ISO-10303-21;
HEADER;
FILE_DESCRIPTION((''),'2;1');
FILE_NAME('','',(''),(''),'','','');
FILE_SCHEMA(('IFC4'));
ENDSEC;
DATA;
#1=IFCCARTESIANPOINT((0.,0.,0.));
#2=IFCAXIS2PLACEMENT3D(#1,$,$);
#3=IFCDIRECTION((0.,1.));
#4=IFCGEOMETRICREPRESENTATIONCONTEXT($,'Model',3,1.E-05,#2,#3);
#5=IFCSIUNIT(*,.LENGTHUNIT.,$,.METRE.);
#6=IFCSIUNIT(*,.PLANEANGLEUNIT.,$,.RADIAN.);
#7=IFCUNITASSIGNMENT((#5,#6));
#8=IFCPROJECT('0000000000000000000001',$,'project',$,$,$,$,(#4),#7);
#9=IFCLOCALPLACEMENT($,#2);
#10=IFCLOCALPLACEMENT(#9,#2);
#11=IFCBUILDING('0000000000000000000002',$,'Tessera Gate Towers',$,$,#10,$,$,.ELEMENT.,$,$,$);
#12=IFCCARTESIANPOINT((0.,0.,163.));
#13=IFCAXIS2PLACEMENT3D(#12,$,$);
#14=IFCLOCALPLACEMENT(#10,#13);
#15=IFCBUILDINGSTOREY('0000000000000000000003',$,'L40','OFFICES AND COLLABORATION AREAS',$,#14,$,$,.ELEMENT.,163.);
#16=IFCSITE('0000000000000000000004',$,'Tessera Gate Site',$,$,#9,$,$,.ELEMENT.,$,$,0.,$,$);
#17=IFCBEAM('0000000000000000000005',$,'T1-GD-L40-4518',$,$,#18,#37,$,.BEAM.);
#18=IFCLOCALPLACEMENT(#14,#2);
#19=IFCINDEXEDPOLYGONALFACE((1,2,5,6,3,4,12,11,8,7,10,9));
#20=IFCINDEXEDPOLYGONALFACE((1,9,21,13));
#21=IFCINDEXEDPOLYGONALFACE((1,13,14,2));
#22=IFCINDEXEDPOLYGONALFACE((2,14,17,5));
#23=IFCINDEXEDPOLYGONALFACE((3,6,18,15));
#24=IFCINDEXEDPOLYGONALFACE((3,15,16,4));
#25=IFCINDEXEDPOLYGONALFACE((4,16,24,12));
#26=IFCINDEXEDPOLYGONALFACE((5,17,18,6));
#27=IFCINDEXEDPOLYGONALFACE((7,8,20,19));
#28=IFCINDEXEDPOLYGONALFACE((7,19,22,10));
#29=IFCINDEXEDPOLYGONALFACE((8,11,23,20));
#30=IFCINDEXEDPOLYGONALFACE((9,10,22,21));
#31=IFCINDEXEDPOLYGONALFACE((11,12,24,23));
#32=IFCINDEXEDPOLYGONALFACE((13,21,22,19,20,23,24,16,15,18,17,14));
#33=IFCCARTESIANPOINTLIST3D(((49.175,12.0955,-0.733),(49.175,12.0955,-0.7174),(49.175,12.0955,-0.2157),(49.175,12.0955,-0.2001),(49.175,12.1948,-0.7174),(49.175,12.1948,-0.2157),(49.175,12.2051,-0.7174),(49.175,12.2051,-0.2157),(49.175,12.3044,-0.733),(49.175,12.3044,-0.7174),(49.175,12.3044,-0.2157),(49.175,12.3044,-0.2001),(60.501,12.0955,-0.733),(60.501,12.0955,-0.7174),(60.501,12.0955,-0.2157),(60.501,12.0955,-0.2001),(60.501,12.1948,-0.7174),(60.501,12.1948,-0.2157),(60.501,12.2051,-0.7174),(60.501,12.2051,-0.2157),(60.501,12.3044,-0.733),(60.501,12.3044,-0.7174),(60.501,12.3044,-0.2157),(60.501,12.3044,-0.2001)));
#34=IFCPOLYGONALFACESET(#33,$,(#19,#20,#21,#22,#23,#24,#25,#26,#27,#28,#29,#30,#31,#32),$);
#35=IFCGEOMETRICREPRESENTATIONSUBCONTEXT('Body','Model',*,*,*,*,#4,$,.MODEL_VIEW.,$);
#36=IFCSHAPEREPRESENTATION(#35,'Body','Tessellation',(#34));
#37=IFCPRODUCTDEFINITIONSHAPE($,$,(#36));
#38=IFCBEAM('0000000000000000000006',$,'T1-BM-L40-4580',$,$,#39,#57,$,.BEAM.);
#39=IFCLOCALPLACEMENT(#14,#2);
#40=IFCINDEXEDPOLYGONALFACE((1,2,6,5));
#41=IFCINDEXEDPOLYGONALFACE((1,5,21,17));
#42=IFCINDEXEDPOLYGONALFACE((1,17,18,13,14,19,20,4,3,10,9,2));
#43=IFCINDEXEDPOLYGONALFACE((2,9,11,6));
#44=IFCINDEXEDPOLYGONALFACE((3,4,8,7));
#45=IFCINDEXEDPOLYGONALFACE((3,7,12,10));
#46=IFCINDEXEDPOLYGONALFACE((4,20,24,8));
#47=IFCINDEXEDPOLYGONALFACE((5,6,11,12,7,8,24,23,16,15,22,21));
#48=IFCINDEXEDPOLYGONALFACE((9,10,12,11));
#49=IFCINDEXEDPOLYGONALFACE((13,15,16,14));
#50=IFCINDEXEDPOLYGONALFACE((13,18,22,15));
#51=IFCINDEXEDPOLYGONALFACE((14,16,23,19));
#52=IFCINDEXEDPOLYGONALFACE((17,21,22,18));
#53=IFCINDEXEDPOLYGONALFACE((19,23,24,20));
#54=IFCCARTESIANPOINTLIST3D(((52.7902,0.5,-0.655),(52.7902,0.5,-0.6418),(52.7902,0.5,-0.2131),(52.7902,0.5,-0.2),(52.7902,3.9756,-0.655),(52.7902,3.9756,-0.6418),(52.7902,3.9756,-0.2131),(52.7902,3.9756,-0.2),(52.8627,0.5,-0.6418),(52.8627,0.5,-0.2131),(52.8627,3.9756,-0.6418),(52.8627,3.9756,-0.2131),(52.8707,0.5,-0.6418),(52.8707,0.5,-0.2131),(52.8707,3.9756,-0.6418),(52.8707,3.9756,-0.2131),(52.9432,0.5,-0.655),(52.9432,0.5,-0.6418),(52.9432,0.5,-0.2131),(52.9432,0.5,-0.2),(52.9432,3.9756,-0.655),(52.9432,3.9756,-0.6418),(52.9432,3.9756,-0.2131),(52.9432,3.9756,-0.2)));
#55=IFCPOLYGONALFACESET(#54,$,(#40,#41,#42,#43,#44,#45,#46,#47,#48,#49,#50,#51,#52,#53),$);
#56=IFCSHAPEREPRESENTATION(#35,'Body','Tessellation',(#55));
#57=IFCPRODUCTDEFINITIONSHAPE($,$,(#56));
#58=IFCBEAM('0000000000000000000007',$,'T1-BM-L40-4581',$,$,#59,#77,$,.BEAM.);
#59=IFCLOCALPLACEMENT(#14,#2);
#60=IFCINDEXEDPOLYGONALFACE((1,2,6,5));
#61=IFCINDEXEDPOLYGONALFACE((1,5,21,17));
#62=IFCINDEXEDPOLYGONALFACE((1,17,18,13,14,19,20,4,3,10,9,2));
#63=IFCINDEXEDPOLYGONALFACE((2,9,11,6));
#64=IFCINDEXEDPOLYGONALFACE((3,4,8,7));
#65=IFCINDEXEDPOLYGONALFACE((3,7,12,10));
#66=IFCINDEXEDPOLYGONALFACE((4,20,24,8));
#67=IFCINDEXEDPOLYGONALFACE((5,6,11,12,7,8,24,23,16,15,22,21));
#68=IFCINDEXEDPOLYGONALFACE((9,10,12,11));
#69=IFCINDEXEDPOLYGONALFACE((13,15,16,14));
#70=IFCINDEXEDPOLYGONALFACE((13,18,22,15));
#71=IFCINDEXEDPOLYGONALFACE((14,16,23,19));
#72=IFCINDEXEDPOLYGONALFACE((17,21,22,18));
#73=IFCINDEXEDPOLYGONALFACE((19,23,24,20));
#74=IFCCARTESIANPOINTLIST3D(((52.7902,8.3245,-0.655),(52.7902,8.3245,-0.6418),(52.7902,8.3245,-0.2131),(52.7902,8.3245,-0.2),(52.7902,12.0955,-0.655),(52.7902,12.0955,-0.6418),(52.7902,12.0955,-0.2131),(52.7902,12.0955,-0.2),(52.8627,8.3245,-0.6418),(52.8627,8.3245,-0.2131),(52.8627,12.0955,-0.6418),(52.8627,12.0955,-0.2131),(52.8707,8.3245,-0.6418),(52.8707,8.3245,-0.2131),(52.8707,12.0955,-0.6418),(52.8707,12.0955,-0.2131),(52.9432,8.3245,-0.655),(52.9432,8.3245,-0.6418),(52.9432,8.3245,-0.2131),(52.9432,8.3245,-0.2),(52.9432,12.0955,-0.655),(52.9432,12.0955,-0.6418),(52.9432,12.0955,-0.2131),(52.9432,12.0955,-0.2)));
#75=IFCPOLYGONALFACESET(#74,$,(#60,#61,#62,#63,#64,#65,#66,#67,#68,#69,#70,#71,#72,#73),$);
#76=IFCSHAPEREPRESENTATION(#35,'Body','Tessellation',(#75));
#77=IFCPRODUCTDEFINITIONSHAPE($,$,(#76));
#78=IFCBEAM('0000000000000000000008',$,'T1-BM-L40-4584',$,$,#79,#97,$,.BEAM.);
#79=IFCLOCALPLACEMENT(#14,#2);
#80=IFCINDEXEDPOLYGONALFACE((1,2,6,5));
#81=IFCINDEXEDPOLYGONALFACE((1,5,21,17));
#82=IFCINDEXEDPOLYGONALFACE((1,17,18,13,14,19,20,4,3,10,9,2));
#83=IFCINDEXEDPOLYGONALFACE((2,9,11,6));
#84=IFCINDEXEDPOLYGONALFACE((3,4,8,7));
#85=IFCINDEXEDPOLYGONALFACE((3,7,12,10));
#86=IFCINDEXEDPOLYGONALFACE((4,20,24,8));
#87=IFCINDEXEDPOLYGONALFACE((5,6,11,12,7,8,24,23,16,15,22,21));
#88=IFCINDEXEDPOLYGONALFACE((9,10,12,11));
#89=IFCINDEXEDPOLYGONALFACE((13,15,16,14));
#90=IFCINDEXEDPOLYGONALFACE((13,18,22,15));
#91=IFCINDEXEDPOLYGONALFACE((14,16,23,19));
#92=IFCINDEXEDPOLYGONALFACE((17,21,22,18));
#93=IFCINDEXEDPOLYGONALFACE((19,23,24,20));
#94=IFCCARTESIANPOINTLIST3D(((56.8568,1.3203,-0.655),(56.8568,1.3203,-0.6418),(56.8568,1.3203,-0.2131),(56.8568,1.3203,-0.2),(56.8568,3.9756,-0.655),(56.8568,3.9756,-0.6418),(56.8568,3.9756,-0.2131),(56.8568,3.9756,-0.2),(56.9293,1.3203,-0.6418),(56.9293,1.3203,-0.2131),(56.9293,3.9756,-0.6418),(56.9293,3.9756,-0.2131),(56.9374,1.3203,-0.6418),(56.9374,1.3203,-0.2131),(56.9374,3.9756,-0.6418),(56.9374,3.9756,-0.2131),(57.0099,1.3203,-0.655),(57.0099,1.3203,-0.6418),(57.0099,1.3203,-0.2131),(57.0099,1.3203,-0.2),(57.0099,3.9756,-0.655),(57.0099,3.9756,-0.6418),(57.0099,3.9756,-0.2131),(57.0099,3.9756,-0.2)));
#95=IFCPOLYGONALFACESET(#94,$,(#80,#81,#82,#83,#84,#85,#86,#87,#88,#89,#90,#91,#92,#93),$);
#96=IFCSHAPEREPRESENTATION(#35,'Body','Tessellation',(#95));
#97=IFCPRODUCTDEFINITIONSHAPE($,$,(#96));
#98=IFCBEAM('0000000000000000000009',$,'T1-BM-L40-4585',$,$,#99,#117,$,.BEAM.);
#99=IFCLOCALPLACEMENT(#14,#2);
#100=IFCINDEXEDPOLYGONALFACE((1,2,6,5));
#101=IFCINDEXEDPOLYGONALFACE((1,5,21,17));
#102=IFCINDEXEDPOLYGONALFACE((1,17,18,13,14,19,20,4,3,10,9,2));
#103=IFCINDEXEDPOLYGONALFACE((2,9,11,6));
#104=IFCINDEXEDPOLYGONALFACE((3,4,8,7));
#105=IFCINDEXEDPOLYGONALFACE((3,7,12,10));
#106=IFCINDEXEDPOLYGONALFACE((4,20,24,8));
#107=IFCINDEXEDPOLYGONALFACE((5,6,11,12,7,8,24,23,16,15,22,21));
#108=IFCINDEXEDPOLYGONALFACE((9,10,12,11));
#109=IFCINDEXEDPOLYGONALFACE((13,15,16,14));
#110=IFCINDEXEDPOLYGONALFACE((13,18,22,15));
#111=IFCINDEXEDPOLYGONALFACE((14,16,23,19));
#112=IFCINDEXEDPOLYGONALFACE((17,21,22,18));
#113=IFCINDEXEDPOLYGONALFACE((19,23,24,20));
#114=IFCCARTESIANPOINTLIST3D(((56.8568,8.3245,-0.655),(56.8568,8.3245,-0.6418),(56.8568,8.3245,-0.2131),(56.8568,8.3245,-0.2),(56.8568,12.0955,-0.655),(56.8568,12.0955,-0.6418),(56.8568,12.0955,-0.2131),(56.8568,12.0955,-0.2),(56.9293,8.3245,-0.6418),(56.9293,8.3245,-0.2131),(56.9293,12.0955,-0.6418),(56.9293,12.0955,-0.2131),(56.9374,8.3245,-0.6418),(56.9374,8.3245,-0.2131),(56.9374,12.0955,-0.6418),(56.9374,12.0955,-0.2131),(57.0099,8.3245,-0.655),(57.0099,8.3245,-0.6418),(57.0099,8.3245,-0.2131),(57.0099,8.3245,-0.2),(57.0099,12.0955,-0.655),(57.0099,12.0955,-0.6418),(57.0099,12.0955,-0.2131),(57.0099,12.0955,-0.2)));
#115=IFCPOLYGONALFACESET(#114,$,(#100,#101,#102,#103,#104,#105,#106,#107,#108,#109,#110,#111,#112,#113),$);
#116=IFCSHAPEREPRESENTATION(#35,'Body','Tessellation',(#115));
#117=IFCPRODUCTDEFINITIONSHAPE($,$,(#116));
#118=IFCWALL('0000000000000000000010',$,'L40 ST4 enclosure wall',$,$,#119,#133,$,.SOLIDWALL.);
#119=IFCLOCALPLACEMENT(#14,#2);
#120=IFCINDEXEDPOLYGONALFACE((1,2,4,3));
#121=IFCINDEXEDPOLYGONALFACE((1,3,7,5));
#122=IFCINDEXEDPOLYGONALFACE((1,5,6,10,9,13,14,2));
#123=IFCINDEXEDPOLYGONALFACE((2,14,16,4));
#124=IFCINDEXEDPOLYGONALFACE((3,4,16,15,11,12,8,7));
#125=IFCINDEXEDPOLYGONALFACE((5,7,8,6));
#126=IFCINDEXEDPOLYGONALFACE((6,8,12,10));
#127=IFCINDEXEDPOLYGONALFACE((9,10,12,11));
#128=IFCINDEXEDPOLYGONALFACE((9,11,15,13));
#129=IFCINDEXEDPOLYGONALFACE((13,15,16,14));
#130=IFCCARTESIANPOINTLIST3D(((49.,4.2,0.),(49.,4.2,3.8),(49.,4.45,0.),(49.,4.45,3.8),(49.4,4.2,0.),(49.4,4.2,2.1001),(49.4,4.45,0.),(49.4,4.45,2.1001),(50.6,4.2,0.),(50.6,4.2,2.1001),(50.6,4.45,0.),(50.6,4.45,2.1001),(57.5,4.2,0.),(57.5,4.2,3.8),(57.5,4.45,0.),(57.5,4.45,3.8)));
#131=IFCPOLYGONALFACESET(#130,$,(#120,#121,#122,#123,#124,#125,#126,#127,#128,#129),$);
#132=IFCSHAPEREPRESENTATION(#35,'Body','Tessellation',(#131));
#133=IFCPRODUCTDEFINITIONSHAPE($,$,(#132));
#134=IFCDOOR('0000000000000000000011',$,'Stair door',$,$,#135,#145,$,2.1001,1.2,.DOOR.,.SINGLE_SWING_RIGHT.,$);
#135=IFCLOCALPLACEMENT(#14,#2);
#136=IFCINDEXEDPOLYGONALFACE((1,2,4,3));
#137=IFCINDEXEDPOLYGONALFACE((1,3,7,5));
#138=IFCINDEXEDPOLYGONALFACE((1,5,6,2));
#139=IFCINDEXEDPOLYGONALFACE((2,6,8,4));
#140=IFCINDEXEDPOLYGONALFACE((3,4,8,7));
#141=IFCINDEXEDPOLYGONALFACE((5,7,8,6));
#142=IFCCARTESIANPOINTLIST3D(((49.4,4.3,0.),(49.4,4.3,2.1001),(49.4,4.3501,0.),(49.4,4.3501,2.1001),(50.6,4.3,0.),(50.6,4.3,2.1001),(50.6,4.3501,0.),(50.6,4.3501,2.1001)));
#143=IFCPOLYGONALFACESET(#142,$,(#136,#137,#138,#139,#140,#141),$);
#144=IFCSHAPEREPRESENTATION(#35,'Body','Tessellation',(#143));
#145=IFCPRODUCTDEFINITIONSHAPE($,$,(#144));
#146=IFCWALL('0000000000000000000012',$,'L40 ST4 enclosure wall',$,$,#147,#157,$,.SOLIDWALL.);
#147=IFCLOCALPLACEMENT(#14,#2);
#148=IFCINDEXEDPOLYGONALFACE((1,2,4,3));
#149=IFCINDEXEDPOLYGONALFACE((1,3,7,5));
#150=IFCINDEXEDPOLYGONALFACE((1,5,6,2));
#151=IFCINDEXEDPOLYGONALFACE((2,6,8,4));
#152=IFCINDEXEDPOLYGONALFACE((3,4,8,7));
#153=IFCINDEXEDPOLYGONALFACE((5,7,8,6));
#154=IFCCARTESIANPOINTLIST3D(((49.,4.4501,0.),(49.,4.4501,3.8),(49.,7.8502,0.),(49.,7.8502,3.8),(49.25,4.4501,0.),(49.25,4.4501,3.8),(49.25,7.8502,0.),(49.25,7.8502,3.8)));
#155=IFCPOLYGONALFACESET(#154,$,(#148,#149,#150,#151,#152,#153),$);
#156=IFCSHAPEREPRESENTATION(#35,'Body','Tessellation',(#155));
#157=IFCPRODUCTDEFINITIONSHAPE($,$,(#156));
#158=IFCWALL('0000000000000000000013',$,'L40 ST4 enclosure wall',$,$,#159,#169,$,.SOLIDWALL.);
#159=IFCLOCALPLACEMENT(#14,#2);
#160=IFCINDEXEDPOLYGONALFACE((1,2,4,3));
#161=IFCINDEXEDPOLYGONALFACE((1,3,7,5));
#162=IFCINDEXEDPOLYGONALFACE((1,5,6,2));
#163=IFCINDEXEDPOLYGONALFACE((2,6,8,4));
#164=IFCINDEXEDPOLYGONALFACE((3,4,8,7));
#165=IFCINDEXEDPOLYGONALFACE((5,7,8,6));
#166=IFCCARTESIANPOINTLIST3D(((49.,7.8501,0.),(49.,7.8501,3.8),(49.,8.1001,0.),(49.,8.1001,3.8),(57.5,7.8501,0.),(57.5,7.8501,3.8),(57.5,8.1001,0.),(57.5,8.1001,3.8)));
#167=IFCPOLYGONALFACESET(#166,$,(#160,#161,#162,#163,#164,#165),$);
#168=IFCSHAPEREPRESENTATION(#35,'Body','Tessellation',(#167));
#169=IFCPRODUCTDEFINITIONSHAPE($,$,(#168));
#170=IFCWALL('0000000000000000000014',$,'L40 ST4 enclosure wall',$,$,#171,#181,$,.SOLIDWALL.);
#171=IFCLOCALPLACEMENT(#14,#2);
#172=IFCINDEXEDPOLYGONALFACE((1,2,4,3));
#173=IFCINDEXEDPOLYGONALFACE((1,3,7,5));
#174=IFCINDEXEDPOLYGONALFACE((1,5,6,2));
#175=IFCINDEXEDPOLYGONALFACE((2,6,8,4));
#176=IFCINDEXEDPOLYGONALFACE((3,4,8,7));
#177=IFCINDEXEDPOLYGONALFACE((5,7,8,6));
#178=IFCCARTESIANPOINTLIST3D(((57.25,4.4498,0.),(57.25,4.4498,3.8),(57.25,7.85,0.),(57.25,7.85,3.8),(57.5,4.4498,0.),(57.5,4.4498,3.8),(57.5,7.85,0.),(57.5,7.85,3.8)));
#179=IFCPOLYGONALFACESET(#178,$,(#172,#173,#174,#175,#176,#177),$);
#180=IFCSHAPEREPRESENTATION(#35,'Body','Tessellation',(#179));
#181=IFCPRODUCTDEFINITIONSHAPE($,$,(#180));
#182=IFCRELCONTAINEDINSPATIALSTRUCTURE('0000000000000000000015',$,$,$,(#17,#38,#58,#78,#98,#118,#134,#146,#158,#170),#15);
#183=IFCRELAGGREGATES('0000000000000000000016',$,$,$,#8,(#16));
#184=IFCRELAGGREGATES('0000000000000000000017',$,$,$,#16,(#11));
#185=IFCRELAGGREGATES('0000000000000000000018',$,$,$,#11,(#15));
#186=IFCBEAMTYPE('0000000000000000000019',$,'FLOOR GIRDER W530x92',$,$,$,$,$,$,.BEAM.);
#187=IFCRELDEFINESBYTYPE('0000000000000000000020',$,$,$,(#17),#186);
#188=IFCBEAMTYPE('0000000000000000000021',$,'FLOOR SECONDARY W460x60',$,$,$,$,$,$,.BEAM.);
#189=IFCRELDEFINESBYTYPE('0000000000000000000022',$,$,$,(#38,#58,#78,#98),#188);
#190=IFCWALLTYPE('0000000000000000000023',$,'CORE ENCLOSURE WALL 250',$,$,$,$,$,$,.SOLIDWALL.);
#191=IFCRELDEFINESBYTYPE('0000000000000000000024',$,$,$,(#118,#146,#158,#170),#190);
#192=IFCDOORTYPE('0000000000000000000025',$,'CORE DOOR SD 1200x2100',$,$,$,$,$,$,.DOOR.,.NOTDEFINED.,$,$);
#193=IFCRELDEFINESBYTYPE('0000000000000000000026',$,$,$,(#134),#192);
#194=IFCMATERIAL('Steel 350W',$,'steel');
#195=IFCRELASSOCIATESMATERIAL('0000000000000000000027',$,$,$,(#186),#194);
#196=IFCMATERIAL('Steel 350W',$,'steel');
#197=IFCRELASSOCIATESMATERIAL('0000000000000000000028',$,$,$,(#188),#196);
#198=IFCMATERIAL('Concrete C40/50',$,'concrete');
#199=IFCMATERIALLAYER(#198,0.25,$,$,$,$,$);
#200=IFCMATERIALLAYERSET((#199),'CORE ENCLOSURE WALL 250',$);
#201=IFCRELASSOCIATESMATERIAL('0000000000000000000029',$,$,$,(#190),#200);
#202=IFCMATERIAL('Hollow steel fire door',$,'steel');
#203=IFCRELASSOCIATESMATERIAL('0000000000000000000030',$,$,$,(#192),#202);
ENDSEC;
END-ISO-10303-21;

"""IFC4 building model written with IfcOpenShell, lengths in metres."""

from ifc_helpers import new_model, si_unit, direction, frame, frame_2d, origin, origin_2d, place, context, subcontext, project, spatial, rectangle, i_section, extrude, source, transform, mapped, material, layer, layer_set, material_profile, profile_set, type_object, element, fill, save


model = new_model("IFC4")

# Units and contexts
model_context = context("Model", 3, precision=1e-05, world=origin(), true_north=direction((0.0, 1.0)))
body_context = subcontext(model_context, "Body", "Model", "MODEL_VIEW")
ifc_project = project(units=[si_unit("LENGTHUNIT", "METRE"), si_unit("PLANEANGLEUNIT", "RADIAN")], contexts=[model_context])

# Site, building, storey
site_placement = place(None, origin())
site = spatial("IfcSite", under=ifc_project, at=site_placement, Name="Tessera Gate Site", CompositionType="ELEMENT", RefElevation=0.0)
building_placement = place(site_placement, origin())
building = spatial("IfcBuilding", under=site, at=building_placement, Name="Tessera Gate Towers", CompositionType="ELEMENT")
storey_placement = place(building_placement, frame((0.0, 0.0, 163.0)))
storey = spatial("IfcBuildingStorey", under=building, at=storey_placement, Name="L40", Description="OFFICES AND COLLABORATION AREAS", CompositionType="ELEMENT", Elevation=163.0)

# Beams
ifc_material_1 = material(Name="Steel 350W", Category="steel")
ifc_material_profile_1 = material_profile(ifc_material_1, i_section(OverallWidth=0.209, OverallDepth=0.533, WebThickness=0.0103, FlangeThickness=0.0156, at=origin_2d()), Name="W530x92")
ifc_profile_set_1 = profile_set([ifc_material_profile_1], Name="Steel 350W")
beam_type_1 = type_object("IfcBeamType", Name="FLOOR GIRDER W530x92", PredefinedType="BEAM", material=ifc_profile_set_1)
beam_1_placement = place(storey_placement, frame((49.175, 12.2, -0.4666), z_axis=(1.0, 0.0, 0.0), x_axis=(0.0, 1.0, 0.0)))
element("IfcBeam", 1, at=beam_1_placement, inside=storey, type_object=beam_type_1, Name="T1-GD-L40-4518", PredefinedType="BEAM", context=body_context, shape_type="SweptSolid", body=[
    extrude(i_section(OverallWidth=0.209, OverallDepth=0.533, WebThickness=0.0103, FlangeThickness=0.0156, at=origin_2d()), origin(), (0.0, 0.0, 1.0), 11.3259),
])
ifc_material_2 = material(Name="Steel 350W", Category="steel")
ifc_material_profile_2 = material_profile(ifc_material_2, i_section(OverallWidth=0.1531, OverallDepth=0.4551, WebThickness=0.0081, FlangeThickness=0.0132, at=origin_2d()), Name="W460x60")
ifc_profile_set_2 = profile_set([ifc_material_profile_2], Name="Steel 350W")
beam_type_2 = type_object("IfcBeamType", Name="FLOOR SECONDARY W460x60", PredefinedType="BEAM", material=ifc_profile_set_2)
beam_2_placement = place(storey_placement, frame((52.8667, 0.5, -0.4275), z_axis=(0.0, 1.0, 0.0), x_axis=(-1.0, 0.0, 0.0)))
element("IfcBeam", 2, at=beam_2_placement, inside=storey, type_object=beam_type_2, Name="T1-BM-L40-4580", PredefinedType="BEAM", context=body_context, shape_type="SweptSolid", body=[
    extrude(i_section(OverallWidth=0.1531, OverallDepth=0.4551, WebThickness=0.0081, FlangeThickness=0.0132, at=origin_2d()), origin(), (0.0, 0.0, 1.0), 3.4756),
])
beam_3_placement = place(storey_placement, frame((52.8667, 8.3245, -0.4275), z_axis=(0.0, 1.0, 0.0), x_axis=(-1.0, 0.0, 0.0)))
element("IfcBeam", 3, at=beam_3_placement, inside=storey, type_object=beam_type_2, Name="T1-BM-L40-4581", PredefinedType="BEAM", context=body_context, shape_type="SweptSolid", body=[
    extrude(i_section(OverallWidth=0.1531, OverallDepth=0.4551, WebThickness=0.0081, FlangeThickness=0.0132, at=origin_2d()), origin(), (0.0, 0.0, 1.0), 3.771),
])
beam_4_placement = place(storey_placement, frame((56.9333, 1.3203, -0.4275), z_axis=(0.0, 1.0, 0.0), x_axis=(-1.0, 0.0, 0.0)))
element("IfcBeam", 4, at=beam_4_placement, inside=storey, type_object=beam_type_2, Name="T1-BM-L40-4584", PredefinedType="BEAM", context=body_context, shape_type="SweptSolid", body=[
    extrude(i_section(OverallWidth=0.1531, OverallDepth=0.4551, WebThickness=0.0081, FlangeThickness=0.0132, at=origin_2d()), origin(), (0.0, 0.0, 1.0), 2.6553),
])
beam_5_placement = place(storey_placement, frame((56.9333, 8.3245, -0.4275), z_axis=(0.0, 1.0, 0.0), x_axis=(-1.0, 0.0, 0.0)))
element("IfcBeam", 5, at=beam_5_placement, inside=storey, type_object=beam_type_2, Name="T1-BM-L40-4585", PredefinedType="BEAM", context=body_context, shape_type="SweptSolid", body=[
    extrude(i_section(OverallWidth=0.1531, OverallDepth=0.4551, WebThickness=0.0081, FlangeThickness=0.0132, at=origin_2d()), origin(), (0.0, 0.0, 1.0), 3.771),
])

# Wall, opening, door
ifc_material_3 = material(Name="Concrete C40/50", Category="concrete")
ifc_layer_1 = layer(ifc_material_3, 0.25)
ifc_layer_set_1 = layer_set([ifc_layer_1], Name="CORE ENCLOSURE WALL 250")
wall_type_1 = type_object("IfcWallType", Name="CORE ENCLOSURE WALL 250", PredefinedType="SOLIDWALL", material=ifc_layer_set_1)
wall_1_placement = place(storey_placement, frame((57.5, 4.325, 0.0), z_axis=(0.0, 0.0, 1.0), x_axis=(-1.0, 0.0, 0.0)))
wall_1 = element("IfcWall", 6, at=wall_1_placement, inside=storey, type_object=wall_type_1, Name="L40 ST4 enclosure wall", PredefinedType="SOLIDWALL", context=body_context, shape_type="SweptSolid", body=[
    extrude(rectangle(XDim=8.5, YDim=0.25, at=frame_2d((4.25, 0.0))), origin(), (0.0, 0.0, 1.0), 3.8),
])
shared_shape_1 = source(origin(), body_context, "Body", "SweptSolid", [
    extrude(rectangle(XDim=1.2, YDim=2.1001, at=frame_2d((0.6001, 1.05))), frame((0.0, 0.135, 0.0), z_axis=(0.0, -1.0, 0.0), x_axis=(1.0, 0.0, 0.0)), (0.0, 0.0, 1.0), 0.27),
])
opening_1_placement = place(wall_1_placement, frame((6.8999, 0.0, 0.0)))
opening_1 = element("IfcOpeningElement", 7, at=opening_1_placement, cuts=wall_1, PredefinedType="OPENING", context=body_context, shape_type="MappedRepresentation", body=[
    mapped(shared_shape_1, transform((0.0, 0.0, 0.0), scale=1.0)),
])
ifc_material_4 = material(Name="Hollow steel fire door", Category="steel")
door_type = type_object("IfcDoorType", Name="CORE DOOR SD 1200x2100", OperationType="NOTDEFINED", PredefinedType="DOOR", material=ifc_material_4)
shared_shape_2 = source(origin(), body_context, "Body", "SweptSolid", [
    extrude(rectangle(XDim=1.2, YDim=2.1001, at=frame_2d((0.6001, 1.05))), frame((0.0, 0.0249, 0.0), z_axis=(0.0, -1.0, 0.0), x_axis=(1.0, 0.0, 0.0)), (0.0, 0.0, 1.0), 0.05),
])
door_placement = place(opening_1_placement, origin())
door = element("IfcDoor", 8, at=door_placement, inside=storey, type_object=door_type, Name="Stair door", OperationType="SINGLE_SWING_RIGHT", OverallHeight=2.1001, OverallWidth=1.2, PredefinedType="DOOR", context=body_context, shape_type="MappedRepresentation", body=[
    mapped(shared_shape_2, transform((0.0, 0.0, 0.0), scale=1.0)),
])
fill(opening_1, door)

# Walls
wall_2_placement = place(storey_placement, frame((49.125, 4.45, 0.0), z_axis=(0.0, 0.0, 1.0), x_axis=(0.0, 1.0, 0.0)))
element("IfcWall", 9, at=wall_2_placement, inside=storey, type_object=wall_type_1, Name="L40 ST4 enclosure wall", PredefinedType="SOLIDWALL", context=body_context, shape_type="SweptSolid", body=[
    extrude(rectangle(XDim=3.4001, YDim=0.25, at=frame_2d((1.7002, 0.0))), origin(), (0.0, 0.0, 1.0), 3.8),
])
wall_3_placement = place(storey_placement, frame((49.0, 7.9751, 0.0), z_axis=(0.0, 0.0, 1.0), x_axis=(1.0, 0.0, 0.0)))
element("IfcWall", 10, at=wall_3_placement, inside=storey, type_object=wall_type_1, Name="L40 ST4 enclosure wall", PredefinedType="SOLIDWALL", context=body_context, shape_type="SweptSolid", body=[
    extrude(rectangle(XDim=8.5, YDim=0.25, at=frame_2d((4.25, 0.0))), origin(), (0.0, 0.0, 1.0), 3.8),
])
wall_4_placement = place(storey_placement, frame((57.375, 7.8501, 0.0), z_axis=(0.0, 0.0, 1.0), x_axis=(0.0, -1.0, 0.0)))
element("IfcWall", 11, at=wall_4_placement, inside=storey, type_object=wall_type_1, Name="L40 ST4 enclosure wall", PredefinedType="SOLIDWALL", context=body_context, shape_type="SweptSolid", body=[
    extrude(rectangle(XDim=3.4001, YDim=0.25, at=frame_2d((1.7002, 0.0))), origin(), (0.0, 0.0, 1.0), 3.8),
])

save(model, "model.ifc")
